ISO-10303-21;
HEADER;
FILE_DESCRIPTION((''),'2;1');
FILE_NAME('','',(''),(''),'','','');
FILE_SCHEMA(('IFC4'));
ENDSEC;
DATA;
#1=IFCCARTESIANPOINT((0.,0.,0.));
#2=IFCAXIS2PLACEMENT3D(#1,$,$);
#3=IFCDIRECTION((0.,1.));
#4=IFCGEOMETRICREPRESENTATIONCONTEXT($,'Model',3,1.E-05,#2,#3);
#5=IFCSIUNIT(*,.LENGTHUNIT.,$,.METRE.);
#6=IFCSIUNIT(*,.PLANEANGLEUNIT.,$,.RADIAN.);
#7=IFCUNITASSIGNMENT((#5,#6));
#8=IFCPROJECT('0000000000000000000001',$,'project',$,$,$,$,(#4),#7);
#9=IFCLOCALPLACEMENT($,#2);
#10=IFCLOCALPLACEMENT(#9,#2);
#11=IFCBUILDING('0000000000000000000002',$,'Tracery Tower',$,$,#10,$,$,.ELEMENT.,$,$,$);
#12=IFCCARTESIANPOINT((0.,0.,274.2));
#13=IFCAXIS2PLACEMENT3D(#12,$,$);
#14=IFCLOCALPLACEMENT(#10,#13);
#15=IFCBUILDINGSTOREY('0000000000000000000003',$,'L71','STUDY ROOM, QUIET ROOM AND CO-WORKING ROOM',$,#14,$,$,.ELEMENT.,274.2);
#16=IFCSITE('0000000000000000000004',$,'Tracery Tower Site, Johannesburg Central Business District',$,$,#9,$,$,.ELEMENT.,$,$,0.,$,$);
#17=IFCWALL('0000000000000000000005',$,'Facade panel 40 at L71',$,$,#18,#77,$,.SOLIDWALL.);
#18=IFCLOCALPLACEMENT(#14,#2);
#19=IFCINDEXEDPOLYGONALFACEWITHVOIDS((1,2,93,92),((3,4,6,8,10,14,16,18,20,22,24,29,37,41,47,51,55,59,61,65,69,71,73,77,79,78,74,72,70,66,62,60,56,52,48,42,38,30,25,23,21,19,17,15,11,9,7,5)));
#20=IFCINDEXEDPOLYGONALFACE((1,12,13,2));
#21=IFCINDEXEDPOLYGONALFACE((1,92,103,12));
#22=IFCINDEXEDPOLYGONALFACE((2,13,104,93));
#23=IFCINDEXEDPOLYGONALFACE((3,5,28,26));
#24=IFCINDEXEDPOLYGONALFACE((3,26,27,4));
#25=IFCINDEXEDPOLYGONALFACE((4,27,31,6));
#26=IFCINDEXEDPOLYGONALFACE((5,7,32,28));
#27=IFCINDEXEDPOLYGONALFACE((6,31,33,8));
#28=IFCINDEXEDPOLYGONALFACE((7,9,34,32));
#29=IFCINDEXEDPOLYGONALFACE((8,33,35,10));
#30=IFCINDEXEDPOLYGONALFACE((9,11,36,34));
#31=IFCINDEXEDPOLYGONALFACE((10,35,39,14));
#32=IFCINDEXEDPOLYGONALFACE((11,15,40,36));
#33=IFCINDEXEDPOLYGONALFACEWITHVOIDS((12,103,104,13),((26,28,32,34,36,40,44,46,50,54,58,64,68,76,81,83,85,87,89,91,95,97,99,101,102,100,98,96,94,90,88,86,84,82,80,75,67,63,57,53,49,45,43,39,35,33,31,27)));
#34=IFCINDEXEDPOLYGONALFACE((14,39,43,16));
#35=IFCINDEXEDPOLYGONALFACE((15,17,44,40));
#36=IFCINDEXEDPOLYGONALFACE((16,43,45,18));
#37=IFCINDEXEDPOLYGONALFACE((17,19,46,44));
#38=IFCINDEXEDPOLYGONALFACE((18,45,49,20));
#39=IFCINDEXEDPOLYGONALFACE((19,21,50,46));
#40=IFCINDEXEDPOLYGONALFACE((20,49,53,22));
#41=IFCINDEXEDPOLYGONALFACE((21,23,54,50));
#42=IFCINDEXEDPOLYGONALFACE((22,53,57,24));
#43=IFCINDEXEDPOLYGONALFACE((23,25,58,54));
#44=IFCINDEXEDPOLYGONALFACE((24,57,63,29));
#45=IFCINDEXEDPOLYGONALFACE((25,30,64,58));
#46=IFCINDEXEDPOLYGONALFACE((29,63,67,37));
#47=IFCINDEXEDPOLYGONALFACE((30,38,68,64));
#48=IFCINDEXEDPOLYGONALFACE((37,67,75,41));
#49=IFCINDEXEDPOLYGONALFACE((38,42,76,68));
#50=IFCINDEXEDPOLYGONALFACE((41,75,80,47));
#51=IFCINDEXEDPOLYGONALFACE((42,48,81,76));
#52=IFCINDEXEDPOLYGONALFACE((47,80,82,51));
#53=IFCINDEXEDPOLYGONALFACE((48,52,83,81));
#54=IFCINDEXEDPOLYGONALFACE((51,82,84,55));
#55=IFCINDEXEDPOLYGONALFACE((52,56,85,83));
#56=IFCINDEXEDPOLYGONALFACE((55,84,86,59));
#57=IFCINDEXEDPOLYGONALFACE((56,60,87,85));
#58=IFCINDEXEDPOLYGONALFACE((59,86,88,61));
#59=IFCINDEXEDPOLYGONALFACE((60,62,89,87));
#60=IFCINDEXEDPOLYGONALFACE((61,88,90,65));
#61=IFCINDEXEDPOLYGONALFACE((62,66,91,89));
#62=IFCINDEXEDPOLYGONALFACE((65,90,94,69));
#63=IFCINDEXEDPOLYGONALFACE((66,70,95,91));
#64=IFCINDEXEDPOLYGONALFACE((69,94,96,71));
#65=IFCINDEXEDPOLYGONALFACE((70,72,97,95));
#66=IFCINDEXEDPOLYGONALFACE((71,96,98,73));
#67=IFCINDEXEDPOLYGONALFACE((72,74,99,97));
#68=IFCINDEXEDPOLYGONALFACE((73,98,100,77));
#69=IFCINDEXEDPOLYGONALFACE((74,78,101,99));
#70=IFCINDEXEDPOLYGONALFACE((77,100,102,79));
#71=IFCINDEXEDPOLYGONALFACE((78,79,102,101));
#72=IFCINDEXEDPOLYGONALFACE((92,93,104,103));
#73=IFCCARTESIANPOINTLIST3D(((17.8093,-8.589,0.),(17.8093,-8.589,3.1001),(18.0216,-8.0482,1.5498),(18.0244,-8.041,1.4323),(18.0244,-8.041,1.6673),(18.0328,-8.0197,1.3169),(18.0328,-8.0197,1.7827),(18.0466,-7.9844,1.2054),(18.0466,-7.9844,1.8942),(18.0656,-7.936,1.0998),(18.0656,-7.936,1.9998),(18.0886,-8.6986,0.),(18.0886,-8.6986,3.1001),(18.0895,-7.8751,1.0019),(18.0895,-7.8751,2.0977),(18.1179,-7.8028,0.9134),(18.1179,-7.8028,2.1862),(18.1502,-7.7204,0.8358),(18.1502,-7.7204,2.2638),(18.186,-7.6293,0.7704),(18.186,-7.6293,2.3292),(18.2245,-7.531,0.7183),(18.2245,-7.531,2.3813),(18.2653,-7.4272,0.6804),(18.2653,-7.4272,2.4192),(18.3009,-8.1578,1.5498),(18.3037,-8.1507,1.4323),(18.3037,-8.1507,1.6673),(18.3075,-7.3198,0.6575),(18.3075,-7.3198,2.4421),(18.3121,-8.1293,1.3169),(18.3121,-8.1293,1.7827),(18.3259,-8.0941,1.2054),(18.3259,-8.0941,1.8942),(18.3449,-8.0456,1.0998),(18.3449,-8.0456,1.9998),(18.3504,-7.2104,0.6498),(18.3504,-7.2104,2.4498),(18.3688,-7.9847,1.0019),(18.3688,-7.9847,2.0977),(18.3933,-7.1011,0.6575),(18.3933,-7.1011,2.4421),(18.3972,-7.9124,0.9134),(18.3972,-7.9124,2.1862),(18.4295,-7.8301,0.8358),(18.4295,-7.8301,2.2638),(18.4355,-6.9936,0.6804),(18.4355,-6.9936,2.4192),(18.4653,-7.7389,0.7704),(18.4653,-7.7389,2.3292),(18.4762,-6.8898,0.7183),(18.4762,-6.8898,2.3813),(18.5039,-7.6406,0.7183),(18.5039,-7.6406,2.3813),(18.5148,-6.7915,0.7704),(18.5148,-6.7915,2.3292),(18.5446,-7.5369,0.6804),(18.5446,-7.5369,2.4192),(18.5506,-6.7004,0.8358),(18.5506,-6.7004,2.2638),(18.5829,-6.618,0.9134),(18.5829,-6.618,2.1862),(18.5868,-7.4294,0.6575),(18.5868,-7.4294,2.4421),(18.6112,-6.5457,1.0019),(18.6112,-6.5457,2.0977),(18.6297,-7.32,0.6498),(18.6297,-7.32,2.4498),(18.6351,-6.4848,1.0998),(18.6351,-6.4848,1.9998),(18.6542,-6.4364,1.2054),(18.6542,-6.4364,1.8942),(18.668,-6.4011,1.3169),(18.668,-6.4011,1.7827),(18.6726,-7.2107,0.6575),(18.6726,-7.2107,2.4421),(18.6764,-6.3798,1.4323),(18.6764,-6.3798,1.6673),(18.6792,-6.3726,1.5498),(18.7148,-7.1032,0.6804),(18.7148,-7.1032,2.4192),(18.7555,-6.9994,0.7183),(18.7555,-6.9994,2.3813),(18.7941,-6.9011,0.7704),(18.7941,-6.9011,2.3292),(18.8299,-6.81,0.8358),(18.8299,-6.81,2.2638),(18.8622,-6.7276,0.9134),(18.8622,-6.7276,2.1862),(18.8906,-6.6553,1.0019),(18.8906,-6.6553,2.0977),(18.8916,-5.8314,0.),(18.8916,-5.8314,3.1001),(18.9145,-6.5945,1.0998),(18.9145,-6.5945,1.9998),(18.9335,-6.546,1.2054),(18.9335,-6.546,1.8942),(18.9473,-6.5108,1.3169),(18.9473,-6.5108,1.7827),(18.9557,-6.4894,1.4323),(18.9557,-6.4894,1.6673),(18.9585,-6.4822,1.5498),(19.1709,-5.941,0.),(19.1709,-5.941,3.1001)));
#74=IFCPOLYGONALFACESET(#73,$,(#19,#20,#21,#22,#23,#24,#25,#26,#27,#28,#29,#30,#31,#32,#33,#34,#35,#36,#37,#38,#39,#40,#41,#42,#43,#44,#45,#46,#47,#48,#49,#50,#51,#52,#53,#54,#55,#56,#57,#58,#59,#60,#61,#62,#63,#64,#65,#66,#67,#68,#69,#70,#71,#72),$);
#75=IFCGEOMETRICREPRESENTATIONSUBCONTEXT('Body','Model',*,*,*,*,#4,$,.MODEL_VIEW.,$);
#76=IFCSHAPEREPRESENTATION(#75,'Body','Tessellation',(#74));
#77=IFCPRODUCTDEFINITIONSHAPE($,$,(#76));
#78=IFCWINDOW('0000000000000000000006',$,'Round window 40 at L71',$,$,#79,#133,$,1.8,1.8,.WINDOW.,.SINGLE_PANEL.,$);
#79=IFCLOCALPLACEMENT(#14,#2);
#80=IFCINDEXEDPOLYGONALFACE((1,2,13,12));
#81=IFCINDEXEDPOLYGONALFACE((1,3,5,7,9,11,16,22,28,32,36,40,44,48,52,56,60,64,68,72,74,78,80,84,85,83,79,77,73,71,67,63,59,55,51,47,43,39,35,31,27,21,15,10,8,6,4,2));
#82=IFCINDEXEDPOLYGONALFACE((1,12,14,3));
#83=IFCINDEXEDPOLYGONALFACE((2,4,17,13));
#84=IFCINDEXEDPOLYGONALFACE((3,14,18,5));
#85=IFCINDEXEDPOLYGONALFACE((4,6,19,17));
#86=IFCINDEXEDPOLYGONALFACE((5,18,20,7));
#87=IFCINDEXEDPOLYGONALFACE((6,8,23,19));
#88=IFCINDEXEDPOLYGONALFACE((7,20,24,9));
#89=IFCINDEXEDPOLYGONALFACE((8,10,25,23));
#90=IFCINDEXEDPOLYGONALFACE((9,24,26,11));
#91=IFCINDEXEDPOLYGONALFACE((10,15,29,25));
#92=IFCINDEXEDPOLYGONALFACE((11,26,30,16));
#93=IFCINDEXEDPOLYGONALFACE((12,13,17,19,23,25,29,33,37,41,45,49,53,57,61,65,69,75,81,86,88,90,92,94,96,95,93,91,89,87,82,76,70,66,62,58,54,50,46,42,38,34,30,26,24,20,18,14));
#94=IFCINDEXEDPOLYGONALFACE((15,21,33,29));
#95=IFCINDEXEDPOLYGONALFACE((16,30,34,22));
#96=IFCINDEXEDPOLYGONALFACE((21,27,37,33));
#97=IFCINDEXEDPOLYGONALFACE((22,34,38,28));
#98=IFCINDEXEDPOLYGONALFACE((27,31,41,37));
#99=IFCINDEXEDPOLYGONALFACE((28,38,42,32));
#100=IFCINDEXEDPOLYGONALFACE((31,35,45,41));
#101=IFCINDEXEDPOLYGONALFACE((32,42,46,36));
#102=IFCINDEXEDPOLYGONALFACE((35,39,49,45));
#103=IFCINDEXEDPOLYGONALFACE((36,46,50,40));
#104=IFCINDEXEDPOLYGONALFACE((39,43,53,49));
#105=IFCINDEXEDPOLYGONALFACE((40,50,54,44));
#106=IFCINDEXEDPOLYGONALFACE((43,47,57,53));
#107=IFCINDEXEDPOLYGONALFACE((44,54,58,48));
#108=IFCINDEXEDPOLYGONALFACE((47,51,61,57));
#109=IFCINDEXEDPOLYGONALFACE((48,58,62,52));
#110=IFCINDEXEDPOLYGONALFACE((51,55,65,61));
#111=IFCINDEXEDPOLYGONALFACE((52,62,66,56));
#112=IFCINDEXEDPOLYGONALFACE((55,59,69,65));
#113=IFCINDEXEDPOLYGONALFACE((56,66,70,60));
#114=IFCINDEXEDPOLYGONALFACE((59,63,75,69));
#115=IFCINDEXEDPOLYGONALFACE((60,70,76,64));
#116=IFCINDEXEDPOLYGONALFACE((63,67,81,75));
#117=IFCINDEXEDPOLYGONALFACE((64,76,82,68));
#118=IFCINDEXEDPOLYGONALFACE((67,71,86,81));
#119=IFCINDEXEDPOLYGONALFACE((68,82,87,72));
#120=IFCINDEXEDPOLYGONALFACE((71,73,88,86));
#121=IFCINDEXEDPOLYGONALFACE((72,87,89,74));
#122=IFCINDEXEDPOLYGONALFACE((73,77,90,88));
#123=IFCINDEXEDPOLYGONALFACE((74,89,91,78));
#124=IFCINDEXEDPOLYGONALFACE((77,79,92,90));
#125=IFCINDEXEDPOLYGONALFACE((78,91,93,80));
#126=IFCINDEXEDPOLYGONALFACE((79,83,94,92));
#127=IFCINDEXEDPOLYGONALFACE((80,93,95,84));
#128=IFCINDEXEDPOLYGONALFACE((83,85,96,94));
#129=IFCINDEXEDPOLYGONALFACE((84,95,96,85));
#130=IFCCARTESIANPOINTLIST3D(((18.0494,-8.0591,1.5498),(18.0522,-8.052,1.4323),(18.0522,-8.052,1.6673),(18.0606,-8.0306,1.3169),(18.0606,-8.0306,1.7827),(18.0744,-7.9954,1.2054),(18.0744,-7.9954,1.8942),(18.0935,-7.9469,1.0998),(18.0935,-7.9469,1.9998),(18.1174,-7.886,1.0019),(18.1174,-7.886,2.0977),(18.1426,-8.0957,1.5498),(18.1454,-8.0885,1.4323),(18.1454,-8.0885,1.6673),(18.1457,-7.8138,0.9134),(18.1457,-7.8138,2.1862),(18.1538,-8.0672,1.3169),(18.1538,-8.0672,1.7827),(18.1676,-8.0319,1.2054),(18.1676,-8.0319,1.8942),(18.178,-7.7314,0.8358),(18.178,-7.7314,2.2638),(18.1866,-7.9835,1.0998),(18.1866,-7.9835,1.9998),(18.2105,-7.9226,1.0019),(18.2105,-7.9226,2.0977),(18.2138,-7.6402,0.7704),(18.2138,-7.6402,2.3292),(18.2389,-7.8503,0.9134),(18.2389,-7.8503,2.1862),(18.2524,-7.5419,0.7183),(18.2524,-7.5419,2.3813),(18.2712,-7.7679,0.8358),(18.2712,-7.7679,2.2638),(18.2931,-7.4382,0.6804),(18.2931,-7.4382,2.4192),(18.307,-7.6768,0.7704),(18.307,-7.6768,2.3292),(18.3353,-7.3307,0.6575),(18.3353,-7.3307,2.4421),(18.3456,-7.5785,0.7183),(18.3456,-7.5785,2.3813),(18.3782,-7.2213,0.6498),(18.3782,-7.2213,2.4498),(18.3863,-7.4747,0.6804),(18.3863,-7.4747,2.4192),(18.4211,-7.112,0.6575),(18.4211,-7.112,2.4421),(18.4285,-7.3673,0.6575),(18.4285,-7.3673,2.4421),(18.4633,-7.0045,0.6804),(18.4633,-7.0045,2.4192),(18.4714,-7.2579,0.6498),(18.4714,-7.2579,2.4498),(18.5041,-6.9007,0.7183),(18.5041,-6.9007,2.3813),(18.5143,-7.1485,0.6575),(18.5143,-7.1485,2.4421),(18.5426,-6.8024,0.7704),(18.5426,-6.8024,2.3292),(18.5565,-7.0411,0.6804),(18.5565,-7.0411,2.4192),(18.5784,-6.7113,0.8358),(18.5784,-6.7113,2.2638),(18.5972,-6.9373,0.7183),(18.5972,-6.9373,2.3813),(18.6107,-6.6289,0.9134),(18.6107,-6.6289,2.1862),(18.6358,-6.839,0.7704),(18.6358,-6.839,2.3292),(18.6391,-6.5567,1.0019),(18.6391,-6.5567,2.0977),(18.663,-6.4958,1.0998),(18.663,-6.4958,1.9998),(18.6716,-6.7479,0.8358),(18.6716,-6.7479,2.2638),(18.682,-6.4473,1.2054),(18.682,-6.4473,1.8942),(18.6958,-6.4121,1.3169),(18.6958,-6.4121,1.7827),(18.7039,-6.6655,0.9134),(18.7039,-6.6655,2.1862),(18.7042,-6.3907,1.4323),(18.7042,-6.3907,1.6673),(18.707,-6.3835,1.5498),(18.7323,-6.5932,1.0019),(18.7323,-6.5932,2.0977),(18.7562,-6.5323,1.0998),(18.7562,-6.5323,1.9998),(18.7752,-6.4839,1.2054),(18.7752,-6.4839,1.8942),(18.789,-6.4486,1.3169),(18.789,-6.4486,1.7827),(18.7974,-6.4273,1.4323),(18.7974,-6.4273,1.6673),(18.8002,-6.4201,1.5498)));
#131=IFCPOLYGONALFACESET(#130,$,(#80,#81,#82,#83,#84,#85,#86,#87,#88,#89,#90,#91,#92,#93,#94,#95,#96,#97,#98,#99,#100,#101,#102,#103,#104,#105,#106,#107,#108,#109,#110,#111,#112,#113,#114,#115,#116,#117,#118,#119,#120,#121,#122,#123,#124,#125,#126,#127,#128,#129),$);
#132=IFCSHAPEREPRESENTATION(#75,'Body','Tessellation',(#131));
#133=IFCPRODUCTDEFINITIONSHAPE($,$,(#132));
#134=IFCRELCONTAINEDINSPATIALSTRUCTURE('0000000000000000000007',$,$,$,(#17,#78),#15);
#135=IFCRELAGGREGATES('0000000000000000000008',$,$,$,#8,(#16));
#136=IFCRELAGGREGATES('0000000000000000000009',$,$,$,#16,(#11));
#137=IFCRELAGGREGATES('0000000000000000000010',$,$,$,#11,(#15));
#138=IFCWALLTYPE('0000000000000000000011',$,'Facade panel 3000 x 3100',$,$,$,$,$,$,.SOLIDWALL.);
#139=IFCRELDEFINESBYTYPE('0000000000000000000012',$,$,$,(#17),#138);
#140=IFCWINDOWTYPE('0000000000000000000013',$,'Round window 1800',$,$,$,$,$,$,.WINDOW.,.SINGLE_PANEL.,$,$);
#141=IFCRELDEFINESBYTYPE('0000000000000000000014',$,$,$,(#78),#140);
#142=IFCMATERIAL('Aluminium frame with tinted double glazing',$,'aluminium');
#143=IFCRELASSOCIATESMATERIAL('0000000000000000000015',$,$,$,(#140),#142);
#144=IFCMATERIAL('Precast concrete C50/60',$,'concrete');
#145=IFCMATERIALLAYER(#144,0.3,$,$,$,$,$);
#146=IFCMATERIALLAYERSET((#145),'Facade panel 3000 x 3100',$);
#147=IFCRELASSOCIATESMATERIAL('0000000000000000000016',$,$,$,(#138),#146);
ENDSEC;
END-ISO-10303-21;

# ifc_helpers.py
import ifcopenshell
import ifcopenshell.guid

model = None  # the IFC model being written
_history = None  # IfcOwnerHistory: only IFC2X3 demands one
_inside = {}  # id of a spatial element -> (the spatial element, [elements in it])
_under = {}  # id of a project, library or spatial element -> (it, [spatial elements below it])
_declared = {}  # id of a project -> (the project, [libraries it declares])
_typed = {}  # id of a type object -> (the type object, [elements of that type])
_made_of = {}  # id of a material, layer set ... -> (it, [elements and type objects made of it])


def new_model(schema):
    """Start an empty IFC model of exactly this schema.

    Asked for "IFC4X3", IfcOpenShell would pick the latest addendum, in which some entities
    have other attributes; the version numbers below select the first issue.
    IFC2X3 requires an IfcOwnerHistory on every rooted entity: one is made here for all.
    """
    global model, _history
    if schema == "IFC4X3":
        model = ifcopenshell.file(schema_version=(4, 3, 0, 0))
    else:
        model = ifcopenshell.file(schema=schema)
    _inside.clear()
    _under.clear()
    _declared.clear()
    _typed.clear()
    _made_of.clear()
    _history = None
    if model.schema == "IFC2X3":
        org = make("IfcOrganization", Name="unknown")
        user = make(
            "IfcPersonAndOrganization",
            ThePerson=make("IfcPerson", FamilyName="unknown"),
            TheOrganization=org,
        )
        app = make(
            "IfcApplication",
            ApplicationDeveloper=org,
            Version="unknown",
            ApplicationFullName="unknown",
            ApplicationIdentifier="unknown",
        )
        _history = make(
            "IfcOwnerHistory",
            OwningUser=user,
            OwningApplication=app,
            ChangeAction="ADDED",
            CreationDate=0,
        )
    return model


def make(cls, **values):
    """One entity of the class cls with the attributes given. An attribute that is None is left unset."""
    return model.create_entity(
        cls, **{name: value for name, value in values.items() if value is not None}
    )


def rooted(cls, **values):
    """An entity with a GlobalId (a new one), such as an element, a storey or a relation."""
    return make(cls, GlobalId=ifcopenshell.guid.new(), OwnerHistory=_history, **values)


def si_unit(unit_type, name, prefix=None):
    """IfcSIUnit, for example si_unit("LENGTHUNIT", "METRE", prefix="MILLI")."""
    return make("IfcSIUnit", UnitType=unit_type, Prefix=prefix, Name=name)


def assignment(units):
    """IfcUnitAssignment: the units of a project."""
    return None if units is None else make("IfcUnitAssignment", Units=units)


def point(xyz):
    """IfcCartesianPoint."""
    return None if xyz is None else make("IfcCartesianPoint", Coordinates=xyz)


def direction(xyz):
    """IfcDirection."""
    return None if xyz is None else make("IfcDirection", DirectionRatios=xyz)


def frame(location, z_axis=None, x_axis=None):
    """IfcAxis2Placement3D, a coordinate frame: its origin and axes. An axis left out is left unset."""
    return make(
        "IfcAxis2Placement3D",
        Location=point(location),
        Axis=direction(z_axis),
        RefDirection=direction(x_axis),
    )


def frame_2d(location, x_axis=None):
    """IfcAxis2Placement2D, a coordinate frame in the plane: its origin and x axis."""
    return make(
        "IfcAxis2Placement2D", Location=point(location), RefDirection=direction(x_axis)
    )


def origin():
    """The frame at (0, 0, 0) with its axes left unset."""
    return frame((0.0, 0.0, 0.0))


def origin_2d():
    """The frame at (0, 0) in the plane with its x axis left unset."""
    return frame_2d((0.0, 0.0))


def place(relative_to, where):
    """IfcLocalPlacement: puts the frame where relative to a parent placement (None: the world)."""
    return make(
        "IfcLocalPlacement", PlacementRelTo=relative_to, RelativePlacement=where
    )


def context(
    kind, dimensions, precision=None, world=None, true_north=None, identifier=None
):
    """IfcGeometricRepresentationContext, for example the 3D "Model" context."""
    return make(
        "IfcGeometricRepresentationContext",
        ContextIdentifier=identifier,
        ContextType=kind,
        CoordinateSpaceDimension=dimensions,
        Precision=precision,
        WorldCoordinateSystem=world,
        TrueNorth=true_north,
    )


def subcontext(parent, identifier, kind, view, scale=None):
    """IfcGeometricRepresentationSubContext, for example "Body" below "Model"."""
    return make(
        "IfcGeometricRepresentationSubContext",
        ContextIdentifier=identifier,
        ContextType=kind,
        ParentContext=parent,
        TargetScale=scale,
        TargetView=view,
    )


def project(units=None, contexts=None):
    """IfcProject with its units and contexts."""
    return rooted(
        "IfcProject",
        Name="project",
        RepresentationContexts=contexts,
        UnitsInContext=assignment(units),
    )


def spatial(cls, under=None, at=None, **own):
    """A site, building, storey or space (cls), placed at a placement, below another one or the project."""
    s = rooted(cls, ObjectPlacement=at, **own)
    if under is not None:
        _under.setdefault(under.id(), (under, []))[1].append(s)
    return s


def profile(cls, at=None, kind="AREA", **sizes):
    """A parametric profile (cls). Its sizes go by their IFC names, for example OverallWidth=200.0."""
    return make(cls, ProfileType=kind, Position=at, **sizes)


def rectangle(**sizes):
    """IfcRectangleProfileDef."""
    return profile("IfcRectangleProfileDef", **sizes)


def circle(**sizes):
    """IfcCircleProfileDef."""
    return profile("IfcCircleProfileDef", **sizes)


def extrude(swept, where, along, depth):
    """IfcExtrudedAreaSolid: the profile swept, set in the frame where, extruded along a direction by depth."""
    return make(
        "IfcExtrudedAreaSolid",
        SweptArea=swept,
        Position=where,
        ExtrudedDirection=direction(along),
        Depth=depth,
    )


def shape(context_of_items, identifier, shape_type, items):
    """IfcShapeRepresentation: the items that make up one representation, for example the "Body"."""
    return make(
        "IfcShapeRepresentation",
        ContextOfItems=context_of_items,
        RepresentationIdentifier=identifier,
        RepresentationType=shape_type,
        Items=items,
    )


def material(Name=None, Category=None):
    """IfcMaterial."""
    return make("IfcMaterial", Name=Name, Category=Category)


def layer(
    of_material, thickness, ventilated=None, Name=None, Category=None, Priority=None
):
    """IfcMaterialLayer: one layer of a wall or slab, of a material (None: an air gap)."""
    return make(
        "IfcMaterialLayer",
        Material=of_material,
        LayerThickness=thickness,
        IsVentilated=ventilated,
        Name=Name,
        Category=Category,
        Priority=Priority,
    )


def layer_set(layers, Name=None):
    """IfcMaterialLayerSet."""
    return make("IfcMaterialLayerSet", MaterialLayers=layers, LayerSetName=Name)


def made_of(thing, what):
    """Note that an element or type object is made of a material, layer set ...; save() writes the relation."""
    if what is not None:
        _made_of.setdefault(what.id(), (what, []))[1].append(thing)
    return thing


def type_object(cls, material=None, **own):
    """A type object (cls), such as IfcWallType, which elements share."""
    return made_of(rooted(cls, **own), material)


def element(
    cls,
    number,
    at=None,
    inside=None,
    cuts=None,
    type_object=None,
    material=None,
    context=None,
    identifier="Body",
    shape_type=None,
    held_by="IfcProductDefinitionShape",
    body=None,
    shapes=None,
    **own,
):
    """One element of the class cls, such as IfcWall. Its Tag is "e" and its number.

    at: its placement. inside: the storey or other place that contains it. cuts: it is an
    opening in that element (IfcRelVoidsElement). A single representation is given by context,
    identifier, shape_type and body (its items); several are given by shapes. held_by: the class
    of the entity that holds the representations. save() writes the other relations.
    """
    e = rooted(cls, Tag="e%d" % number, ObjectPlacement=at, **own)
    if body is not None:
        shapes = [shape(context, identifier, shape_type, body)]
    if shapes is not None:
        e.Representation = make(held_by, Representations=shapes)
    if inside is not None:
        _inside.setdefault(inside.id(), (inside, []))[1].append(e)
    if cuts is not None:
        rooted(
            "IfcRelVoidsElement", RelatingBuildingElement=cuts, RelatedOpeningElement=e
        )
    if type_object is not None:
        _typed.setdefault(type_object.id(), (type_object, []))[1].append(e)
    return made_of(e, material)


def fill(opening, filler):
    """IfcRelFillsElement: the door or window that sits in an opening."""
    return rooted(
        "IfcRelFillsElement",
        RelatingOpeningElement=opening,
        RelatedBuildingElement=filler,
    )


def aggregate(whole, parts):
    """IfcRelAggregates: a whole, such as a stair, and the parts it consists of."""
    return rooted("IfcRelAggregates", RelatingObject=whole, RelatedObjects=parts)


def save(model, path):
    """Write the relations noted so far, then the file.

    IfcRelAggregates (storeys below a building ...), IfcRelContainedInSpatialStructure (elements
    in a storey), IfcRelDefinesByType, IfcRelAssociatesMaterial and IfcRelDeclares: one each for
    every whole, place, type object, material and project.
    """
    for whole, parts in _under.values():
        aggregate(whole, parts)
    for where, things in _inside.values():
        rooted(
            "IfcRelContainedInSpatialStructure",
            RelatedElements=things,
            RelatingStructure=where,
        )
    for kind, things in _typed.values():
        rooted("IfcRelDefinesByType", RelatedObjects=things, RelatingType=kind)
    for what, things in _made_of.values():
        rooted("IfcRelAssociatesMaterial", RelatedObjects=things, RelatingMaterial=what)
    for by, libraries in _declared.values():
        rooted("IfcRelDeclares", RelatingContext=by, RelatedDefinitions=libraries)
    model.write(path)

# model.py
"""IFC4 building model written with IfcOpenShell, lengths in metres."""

from ifc_helpers import new_model, si_unit, direction, frame, frame_2d, origin, origin_2d, place, context, subcontext, project, spatial, rectangle, circle, extrude, material, layer, layer_set, type_object, element, fill, save


model = new_model("IFC4")

# Units and contexts
model_context = context("Model", 3, precision=1e-05, world=origin(), true_north=direction((0.0, 1.0)))
body_context = subcontext(model_context, "Body", "Model", "MODEL_VIEW")
ifc_project = project(units=[si_unit("LENGTHUNIT", "METRE"), si_unit("PLANEANGLEUNIT", "RADIAN")], contexts=[model_context])

# Site, building, storey
site_placement = place(None, origin())
site = spatial("IfcSite", under=ifc_project, at=site_placement, Name="Tracery Tower Site, Johannesburg Central Business District", CompositionType="ELEMENT", RefElevation=0.0)
building_placement = place(site_placement, origin())
building = spatial("IfcBuilding", under=site, at=building_placement, Name="Tracery Tower", CompositionType="ELEMENT")
storey_placement = place(building_placement, frame((0.0, 0.0, 274.2)))
storey = spatial("IfcBuildingStorey", under=building, at=storey_placement, Name="L71", Description="STUDY ROOM, QUIET ROOM AND CO-WORKING ROOM", CompositionType="ELEMENT", Elevation=274.2)

# Wall, opening, window
ifc_material_1 = material(Name="Aluminium frame with tinted double glazing", Category="aluminium")
window_type = type_object("IfcWindowType", Name="Round window 1800", PartitioningType="SINGLE_PANEL", PredefinedType="WINDOW", material=ifc_material_1)
ifc_material_2 = material(Name="Precast concrete C50/60", Category="concrete")
ifc_layer_1 = layer(ifc_material_2, 0.3)
ifc_layer_set_1 = layer_set([ifc_layer_1], Name="Facade panel 3000 x 3100")
wall_type_1 = type_object("IfcWallType", Name="Facade panel 3000 x 3100", PredefinedType="SOLIDWALL", material=ifc_layer_set_1)
wall_1_placement = place(storey_placement, frame((17.949, -8.6438, 0.0), z_axis=(0.0, 0.0, 1.0), x_axis=(0.365344, 0.930873, 0.0)))
wall_1 = element("IfcWall", 1, at=wall_1_placement, inside=storey, type_object=wall_type_1, Name="Facade panel 40 at L71", PredefinedType="SOLIDWALL", context=body_context, shape_type="SweptSolid", body=[
    extrude(rectangle(XDim=2.9624, YDim=0.3, at=frame_2d((1.4812, 0.0))), origin(), (0.0, 0.0, 1.0), 3.1001),
])
opening_1_placement = place(wall_1_placement, frame((1.481, 0.0, 1.5498)))
opening_1 = element("IfcOpeningElement", 2, at=opening_1_placement, cuts=wall_1, PredefinedType="OPENING", context=body_context, shape_type="SweptSolid", body=[
    extrude(circle(Radius=0.9, at=origin_2d()), frame((0.0, 0.1599, 0.0), z_axis=(0.0, -1.0, 0.0), x_axis=(1.0, 0.0, 0.0)), (0.0, 0.0, 1.0), 0.3201),
])
window_1_placement = place(opening_1_placement, origin())
window_1 = element("IfcWindow", 3, at=window_1_placement, inside=storey, type_object=window_type, Name="Round window 40 at L71", OverallHeight=1.8, OverallWidth=1.8, PartitioningType="SINGLE_PANEL", PredefinedType="WINDOW", context=body_context, shape_type="SweptSolid", body=[
    extrude(circle(Radius=0.9, at=origin_2d()), frame((0.0, 0.1201, 0.0), z_axis=(0.0, -1.0, 0.0), x_axis=(1.0, 0.0, 0.0)), (0.0, 0.0, 1.0), 0.1001),
])
fill(opening_1, window_1)

save(model, "model.ifc")
